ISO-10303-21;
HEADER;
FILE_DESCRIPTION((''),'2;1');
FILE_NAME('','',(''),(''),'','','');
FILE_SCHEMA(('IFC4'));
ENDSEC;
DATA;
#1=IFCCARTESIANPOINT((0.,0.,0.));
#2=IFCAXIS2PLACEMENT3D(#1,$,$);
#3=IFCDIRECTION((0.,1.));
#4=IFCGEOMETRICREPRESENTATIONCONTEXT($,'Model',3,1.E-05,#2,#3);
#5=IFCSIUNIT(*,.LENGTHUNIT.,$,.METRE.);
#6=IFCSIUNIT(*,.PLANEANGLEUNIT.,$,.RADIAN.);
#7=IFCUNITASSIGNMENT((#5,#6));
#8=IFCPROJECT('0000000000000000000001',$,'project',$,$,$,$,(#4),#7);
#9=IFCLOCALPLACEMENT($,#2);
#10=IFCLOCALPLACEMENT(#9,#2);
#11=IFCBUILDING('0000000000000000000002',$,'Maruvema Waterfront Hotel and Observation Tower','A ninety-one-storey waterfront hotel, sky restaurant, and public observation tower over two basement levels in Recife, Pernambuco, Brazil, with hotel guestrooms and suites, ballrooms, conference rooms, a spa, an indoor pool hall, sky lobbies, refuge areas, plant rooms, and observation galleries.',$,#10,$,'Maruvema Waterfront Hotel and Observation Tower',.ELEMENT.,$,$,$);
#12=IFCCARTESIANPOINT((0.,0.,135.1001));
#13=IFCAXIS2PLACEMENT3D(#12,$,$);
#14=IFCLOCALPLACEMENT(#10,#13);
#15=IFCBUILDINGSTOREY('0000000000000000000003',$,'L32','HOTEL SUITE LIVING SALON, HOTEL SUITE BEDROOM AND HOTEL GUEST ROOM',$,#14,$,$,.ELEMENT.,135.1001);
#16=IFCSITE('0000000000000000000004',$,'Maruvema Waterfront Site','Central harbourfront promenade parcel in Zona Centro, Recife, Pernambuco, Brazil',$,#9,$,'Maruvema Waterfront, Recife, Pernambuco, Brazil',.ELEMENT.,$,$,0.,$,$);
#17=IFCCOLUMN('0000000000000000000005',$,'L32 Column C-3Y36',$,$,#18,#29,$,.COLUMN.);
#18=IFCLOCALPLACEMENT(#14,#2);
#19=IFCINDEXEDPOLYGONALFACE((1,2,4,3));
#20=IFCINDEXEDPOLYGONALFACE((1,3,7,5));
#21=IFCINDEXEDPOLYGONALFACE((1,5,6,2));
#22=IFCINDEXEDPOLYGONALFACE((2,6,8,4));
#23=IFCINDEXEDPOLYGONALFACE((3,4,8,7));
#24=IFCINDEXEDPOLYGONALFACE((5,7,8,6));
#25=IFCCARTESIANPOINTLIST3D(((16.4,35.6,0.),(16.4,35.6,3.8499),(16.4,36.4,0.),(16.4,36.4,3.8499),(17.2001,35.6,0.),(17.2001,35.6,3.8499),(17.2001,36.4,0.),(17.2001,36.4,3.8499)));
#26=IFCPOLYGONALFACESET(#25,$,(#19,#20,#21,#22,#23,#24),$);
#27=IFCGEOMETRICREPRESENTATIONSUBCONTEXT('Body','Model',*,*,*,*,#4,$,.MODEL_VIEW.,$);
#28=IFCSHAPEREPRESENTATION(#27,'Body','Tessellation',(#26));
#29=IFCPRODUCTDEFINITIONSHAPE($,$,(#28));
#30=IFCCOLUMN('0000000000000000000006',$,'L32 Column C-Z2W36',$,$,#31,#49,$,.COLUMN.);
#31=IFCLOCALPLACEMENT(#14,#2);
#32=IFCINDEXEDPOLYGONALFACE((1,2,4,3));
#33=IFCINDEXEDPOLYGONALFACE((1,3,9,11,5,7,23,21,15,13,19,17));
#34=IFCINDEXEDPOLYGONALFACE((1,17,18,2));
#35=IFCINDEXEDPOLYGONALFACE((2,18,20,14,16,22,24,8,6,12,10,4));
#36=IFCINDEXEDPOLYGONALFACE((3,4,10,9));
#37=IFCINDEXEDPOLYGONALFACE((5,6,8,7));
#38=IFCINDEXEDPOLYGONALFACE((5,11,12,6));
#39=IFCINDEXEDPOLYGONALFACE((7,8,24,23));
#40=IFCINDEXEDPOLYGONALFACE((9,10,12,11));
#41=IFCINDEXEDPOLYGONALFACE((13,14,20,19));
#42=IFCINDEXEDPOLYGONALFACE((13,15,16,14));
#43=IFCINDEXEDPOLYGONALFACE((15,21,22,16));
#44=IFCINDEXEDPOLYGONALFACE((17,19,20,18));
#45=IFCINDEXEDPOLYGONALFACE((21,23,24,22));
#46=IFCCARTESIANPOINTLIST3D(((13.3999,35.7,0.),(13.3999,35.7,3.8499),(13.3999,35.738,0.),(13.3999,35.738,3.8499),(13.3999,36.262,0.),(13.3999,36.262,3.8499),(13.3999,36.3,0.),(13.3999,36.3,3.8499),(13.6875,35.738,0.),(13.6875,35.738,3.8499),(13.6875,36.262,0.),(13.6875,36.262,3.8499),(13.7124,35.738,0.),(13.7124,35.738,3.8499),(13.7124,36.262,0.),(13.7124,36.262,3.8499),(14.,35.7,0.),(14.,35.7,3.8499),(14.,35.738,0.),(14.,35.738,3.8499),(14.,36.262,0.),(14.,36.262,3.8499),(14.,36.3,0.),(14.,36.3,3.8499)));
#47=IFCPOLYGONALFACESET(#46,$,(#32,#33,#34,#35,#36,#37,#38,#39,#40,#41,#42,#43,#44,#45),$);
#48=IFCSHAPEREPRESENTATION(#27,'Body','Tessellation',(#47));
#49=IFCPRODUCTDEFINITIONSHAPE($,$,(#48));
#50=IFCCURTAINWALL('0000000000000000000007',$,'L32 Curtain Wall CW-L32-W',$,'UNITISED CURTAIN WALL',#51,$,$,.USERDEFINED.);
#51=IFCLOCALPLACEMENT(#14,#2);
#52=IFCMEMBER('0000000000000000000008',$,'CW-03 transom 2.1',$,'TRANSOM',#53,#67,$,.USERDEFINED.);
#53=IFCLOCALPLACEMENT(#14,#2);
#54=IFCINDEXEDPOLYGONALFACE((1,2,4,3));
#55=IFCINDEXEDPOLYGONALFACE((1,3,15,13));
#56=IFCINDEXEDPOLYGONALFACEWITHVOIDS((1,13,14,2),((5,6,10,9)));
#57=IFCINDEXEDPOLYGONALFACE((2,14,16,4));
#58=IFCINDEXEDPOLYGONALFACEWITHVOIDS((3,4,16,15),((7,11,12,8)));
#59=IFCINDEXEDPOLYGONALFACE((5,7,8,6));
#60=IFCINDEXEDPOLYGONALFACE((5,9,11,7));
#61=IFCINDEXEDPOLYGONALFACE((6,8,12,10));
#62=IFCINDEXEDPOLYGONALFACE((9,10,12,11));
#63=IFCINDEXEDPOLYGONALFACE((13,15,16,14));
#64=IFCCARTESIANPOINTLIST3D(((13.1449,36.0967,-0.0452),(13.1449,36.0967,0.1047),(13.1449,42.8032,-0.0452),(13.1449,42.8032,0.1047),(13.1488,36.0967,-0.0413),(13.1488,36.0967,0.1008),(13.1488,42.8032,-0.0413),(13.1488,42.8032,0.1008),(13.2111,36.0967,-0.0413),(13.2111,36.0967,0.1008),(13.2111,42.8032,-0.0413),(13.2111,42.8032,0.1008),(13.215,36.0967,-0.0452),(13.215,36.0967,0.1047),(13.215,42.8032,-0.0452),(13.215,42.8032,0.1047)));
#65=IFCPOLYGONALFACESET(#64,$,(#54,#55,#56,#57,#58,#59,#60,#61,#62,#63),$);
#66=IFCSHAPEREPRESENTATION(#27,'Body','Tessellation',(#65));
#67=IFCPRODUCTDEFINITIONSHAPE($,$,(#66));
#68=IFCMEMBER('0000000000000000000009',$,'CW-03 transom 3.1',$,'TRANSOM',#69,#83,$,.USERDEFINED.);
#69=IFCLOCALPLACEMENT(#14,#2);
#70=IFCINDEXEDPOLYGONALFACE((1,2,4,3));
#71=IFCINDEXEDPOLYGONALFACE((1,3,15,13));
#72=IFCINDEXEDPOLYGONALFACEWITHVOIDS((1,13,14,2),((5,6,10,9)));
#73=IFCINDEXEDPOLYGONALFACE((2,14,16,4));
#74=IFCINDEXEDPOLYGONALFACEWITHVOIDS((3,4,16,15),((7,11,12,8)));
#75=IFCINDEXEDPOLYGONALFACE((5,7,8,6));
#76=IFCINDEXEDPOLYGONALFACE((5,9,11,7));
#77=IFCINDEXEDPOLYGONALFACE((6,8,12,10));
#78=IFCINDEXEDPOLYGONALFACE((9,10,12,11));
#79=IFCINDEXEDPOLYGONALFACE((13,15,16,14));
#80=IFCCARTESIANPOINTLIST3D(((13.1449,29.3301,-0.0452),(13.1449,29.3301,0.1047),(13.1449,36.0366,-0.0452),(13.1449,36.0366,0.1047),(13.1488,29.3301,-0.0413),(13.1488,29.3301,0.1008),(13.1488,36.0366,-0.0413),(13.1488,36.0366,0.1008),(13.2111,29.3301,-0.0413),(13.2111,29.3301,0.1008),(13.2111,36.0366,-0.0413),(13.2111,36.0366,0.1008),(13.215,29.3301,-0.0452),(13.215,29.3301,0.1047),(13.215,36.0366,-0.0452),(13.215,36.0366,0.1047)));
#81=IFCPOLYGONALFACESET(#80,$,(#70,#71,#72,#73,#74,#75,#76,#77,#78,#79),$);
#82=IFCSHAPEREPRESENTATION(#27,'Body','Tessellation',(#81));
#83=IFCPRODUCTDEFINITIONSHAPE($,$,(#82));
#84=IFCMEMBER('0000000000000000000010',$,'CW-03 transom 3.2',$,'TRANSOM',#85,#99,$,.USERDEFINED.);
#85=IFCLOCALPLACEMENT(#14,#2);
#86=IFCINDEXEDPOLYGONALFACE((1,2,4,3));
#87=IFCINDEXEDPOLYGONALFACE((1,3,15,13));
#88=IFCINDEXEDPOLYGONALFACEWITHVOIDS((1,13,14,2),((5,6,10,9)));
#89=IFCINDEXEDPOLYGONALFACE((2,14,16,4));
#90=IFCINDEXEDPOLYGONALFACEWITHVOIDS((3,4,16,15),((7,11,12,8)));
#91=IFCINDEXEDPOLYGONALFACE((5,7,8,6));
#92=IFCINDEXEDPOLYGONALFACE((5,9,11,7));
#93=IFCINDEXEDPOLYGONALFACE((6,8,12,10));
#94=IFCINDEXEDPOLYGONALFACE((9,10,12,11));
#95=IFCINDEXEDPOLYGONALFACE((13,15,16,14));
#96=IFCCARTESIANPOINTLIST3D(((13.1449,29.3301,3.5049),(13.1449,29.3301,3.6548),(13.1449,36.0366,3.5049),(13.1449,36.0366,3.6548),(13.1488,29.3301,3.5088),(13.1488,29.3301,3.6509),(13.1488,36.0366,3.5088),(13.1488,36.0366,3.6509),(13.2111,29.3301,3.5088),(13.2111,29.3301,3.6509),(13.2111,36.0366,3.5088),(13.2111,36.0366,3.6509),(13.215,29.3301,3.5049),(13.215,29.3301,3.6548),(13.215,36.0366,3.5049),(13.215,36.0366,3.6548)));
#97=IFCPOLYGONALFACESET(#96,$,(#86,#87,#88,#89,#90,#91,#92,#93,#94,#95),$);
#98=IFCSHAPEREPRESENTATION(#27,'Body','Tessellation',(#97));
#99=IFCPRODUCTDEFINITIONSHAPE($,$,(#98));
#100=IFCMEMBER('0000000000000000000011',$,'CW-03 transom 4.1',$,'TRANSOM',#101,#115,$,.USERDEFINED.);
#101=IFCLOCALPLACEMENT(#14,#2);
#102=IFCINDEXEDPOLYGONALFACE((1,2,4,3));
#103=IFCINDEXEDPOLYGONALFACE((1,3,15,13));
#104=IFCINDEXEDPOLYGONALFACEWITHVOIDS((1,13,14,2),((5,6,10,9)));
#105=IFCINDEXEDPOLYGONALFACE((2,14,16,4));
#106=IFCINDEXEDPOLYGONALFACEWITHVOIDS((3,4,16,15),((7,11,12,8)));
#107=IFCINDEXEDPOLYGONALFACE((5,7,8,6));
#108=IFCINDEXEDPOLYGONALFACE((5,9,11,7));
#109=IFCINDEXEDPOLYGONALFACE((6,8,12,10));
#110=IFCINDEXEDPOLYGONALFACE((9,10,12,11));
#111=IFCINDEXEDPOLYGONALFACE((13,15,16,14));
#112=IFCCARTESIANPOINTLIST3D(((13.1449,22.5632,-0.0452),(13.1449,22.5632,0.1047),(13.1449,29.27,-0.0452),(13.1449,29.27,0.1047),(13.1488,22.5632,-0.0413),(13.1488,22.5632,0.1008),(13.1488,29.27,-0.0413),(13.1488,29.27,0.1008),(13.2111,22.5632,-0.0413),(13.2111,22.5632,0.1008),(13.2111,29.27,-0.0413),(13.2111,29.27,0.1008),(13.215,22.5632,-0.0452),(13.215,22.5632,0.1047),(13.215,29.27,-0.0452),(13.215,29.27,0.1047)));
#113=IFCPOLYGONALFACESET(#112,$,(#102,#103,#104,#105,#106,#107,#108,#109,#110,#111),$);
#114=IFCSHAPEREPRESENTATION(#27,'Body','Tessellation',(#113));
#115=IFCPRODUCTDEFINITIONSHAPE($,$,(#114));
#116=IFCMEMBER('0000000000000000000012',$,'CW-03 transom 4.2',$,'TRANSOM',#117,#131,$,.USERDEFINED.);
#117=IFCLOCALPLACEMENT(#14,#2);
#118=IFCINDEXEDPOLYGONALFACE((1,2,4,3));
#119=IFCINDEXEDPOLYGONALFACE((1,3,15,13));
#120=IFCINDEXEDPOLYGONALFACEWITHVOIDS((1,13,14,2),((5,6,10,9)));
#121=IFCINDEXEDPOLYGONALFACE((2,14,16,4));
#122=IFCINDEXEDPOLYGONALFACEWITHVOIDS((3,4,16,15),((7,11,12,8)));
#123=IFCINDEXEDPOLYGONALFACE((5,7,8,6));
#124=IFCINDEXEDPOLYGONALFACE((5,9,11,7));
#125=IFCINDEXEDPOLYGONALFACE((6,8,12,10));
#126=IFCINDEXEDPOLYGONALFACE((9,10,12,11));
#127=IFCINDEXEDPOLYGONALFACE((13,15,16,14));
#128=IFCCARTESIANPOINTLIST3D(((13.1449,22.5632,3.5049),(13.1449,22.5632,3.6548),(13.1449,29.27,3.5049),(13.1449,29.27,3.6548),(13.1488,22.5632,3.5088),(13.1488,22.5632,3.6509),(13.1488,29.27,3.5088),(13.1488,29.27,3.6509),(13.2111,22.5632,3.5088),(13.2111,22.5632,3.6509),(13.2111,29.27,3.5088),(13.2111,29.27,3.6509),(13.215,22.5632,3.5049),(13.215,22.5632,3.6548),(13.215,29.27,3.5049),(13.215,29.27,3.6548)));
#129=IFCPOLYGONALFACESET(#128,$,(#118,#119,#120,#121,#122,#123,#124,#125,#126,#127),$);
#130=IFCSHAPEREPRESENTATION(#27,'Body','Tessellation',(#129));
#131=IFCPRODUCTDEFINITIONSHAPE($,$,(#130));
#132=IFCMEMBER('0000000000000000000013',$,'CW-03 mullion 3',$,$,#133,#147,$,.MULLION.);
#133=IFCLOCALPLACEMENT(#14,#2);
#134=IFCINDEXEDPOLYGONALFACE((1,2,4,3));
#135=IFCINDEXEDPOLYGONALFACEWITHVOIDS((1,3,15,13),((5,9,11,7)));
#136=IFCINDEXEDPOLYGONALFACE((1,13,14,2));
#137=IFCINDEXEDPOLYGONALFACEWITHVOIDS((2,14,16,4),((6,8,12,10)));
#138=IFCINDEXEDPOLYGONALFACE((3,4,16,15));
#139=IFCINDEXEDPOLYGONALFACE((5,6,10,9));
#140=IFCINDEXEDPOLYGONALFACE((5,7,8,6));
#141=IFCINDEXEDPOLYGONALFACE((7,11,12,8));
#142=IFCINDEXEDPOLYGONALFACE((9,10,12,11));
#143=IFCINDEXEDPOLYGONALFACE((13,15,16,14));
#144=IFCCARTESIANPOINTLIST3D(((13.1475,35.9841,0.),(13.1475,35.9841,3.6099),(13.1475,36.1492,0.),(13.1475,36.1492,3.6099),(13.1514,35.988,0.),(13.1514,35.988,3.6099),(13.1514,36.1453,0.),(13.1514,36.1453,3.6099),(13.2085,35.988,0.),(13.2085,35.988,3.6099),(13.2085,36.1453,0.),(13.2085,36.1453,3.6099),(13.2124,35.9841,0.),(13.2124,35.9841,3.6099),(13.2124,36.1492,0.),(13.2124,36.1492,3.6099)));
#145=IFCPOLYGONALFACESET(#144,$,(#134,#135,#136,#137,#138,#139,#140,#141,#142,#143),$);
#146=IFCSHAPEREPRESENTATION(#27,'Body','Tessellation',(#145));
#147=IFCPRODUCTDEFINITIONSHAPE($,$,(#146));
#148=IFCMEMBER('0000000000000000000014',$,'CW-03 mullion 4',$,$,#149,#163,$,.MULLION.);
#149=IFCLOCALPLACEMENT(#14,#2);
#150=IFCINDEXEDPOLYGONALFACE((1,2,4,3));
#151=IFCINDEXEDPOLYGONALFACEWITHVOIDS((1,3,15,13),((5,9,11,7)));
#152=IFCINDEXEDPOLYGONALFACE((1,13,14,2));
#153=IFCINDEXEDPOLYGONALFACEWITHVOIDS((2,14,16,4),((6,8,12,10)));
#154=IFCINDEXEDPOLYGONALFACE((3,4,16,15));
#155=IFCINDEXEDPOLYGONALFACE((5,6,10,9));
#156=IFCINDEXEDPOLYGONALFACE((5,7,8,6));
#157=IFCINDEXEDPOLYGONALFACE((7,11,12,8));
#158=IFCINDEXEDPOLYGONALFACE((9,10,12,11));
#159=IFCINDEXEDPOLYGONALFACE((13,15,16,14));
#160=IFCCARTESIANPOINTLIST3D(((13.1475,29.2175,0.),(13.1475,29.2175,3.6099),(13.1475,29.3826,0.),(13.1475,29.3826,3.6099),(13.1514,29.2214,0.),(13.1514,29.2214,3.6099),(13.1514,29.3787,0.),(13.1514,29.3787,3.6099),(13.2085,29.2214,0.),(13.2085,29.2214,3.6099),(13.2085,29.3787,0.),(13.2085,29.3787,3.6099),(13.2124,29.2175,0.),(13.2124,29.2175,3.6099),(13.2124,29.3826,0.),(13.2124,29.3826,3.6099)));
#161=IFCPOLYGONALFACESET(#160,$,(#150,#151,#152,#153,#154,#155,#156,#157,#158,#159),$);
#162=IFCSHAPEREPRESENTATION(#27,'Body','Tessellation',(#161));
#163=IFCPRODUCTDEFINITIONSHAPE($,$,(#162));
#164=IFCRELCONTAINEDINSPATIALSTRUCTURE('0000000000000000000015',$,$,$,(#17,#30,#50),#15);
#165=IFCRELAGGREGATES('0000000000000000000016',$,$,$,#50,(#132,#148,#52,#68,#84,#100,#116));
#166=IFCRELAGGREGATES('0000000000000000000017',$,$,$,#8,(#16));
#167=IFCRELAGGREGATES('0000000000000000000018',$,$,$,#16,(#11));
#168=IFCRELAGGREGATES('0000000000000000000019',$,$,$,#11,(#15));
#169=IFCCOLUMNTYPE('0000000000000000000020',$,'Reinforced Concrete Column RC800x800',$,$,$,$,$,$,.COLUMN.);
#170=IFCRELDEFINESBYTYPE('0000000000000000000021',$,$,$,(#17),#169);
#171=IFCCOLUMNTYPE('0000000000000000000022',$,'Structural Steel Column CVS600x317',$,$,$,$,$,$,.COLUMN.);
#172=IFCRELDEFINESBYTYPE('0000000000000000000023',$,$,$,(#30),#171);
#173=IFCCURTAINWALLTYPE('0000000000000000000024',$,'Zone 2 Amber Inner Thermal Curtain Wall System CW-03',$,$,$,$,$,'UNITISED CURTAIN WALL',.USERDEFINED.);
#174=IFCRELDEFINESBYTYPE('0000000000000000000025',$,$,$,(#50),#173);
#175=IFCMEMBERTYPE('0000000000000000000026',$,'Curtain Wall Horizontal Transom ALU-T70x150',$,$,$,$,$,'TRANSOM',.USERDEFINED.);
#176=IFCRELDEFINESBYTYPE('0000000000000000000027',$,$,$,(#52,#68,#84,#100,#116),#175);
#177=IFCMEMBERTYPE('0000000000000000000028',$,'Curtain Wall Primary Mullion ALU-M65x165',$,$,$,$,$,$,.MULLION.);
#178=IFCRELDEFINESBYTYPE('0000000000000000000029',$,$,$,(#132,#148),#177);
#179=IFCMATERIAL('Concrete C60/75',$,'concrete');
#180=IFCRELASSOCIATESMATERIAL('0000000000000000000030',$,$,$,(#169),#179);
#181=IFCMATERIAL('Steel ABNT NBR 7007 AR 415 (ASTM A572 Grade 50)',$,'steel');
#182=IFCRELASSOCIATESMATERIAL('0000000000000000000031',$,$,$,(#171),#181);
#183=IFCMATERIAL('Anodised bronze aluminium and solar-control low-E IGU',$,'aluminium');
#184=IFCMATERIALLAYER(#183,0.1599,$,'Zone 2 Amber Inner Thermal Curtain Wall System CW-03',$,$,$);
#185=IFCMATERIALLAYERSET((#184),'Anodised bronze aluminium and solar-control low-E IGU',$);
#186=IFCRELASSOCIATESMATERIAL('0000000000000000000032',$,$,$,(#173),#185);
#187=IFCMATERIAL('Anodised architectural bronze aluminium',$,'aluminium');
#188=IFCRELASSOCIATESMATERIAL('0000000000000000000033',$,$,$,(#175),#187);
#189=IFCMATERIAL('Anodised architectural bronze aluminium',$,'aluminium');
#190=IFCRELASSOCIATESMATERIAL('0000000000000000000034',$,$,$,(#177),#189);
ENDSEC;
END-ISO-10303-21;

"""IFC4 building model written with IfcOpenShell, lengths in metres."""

from ifc_helpers import new_model, si_unit, direction, frame, origin, origin_2d, place, context, subcontext, project, spatial, rectangle, hollow_rectangle, i_section, extrude, material, layer, layer_set, material_profile, profile_set, type_object, element, aggregate, save


model = new_model("IFC4")

# Units and contexts
model_context = context("Model", 3, precision=1e-05, world=origin(), true_north=direction((0.0, 1.0)))
body_context = subcontext(model_context, "Body", "Model", "MODEL_VIEW")
ifc_project = project(units=[si_unit("LENGTHUNIT", "METRE"), si_unit("PLANEANGLEUNIT", "RADIAN")], contexts=[model_context])

# Site, building, storey
site_placement = place(None, origin())
site = spatial("IfcSite", under=ifc_project, at=site_placement, Name="Maruvema Waterfront Site", Description="Central harbourfront promenade parcel in Zona Centro, Recife, Pernambuco, Brazil", LongName="Maruvema Waterfront, Recife, Pernambuco, Brazil", CompositionType="ELEMENT", RefElevation=0.0)
building_placement = place(site_placement, origin())
building = spatial("IfcBuilding", under=site, at=building_placement, Name="Maruvema Waterfront Hotel and Observation Tower", Description="A ninety-one-storey waterfront hotel, sky restaurant, and public observation tower over two basement levels in Recife, Pernambuco, Brazil, with hotel guestrooms and suites, ballrooms, conference rooms, a spa, an indoor pool hall, sky lobbies, refuge areas, plant rooms, and observation galleries.", LongName="Maruvema Waterfront Hotel and Observation Tower", CompositionType="ELEMENT")
storey_placement = place(building_placement, frame((0.0, 0.0, 135.1001)))
storey = spatial("IfcBuildingStorey", under=building, at=storey_placement, Name="L32", Description="HOTEL SUITE LIVING SALON, HOTEL SUITE BEDROOM AND HOTEL GUEST ROOM", CompositionType="ELEMENT", Elevation=135.1001)

# Columns
ifc_material_1 = material(Name="Concrete C60/75", Category="concrete")
ifc_material_profile_1 = material_profile(ifc_material_1, rectangle(XDim=0.8, YDim=0.8, at=origin_2d()), Name="RC800x800")
ifc_profile_set_1 = profile_set([ifc_material_profile_1], Name="Concrete C60/75")
column_type_1 = type_object("IfcColumnType", Name="Reinforced Concrete Column RC800x800", PredefinedType="COLUMN", material=ifc_profile_set_1)
column_1_placement = place(storey_placement, frame((16.8, 36.0, 0.0), z_axis=(0.0, 0.0, 1.0), x_axis=(1.0, 0.0, 0.0)))
element("IfcColumn", 1, at=column_1_placement, inside=storey, type_object=column_type_1, Name="L32 Column C-3Y36", PredefinedType="COLUMN", context=body_context, shape_type="SweptSolid", body=[
    extrude(rectangle(XDim=0.8, YDim=0.8, at=origin_2d()), origin(), (0.0, 0.0, 1.0), 3.8499),
])
ifc_material_2 = material(Name="Steel ABNT NBR 7007 AR 415 (ASTM A572 Grade 50)", Category="steel")
ifc_material_profile_2 = material_profile(ifc_material_2, i_section(OverallWidth=0.6001, OverallDepth=0.6001, WebThickness=0.0249, FlangeThickness=0.0381, at=origin_2d()), Name="CVS600x317")
ifc_profile_set_2 = profile_set([ifc_material_profile_2], Name="Steel ABNT NBR 7007 AR 415 (ASTM A572 Grade 50)")
column_type_2 = type_object("IfcColumnType", Name="Structural Steel Column CVS600x317", PredefinedType="COLUMN", material=ifc_profile_set_2)
column_2_placement = place(storey_placement, frame((13.7, 36.0, 0.0), z_axis=(0.0, 0.0, 1.0), x_axis=(1.0, 0.0, 0.0)))
element("IfcColumn", 2, at=column_2_placement, inside=storey, type_object=column_type_2, Name="L32 Column C-Z2W36", PredefinedType="COLUMN", context=body_context, shape_type="SweptSolid", body=[
    extrude(i_section(OverallWidth=0.6001, OverallDepth=0.6001, WebThickness=0.0249, FlangeThickness=0.0381, at=origin_2d()), origin(), (0.0, 0.0, 1.0), 3.8499),
])

# Curtain wall, members
ifc_material_3 = material(Name="Anodised bronze aluminium and solar-control low-E IGU", Category="aluminium")
ifc_layer_1 = layer(ifc_material_3, 0.1599, Name="Zone 2 Amber Inner Thermal Curtain Wall System CW-03")
ifc_layer_set_1 = layer_set([ifc_layer_1], Name="Anodised bronze aluminium and solar-control low-E IGU")
curtain_wall_type = type_object("IfcCurtainWallType", Name="Zone 2 Amber Inner Thermal Curtain Wall System CW-03", ElementType="UNITISED CURTAIN WALL", PredefinedType="USERDEFINED", material=ifc_layer_set_1)
curtain_wall_placement = place(storey_placement, origin())
curtain_wall = element("IfcCurtainWall", 3, at=curtain_wall_placement, inside=storey, type_object=curtain_wall_type, Name="L32 Curtain Wall CW-L32-W", ObjectType="UNITISED CURTAIN WALL", PredefinedType="USERDEFINED")
ifc_material_4 = material(Name="Anodised architectural bronze aluminium", Category="aluminium")
ifc_material_profile_3 = material_profile(ifc_material_4, hollow_rectangle(XDim=0.0701, YDim=0.1499, WallThickness=0.0039, at=origin_2d()), Name="ALU-T70x150")
ifc_profile_set_3 = profile_set([ifc_material_profile_3], Name="Anodised architectural bronze aluminium")
member_type_1 = type_object("IfcMemberType", Name="Curtain Wall Horizontal Transom ALU-T70x150", ElementType="TRANSOM", PredefinedType="USERDEFINED", material=ifc_profile_set_3)
member_1_placement = place(storey_placement, frame((13.1799, 42.8032, 0.0298), z_axis=(0.0, -1.0, 0.0), x_axis=(1.0, 0.0, 0.0)))
member_1 = element("IfcMember", 4, at=member_1_placement, type_object=member_type_1, Name="CW-03 transom 2.1", ObjectType="TRANSOM", PredefinedType="USERDEFINED", context=body_context, shape_type="SweptSolid", body=[
    extrude(hollow_rectangle(XDim=0.0701, YDim=0.1499, WallThickness=0.0039, at=origin_2d()), origin(), (0.0, 0.0, 1.0), 6.7065),
])
member_2_placement = place(storey_placement, frame((13.1799, 36.0366, 0.0298), z_axis=(0.0, -1.0, 0.0), x_axis=(1.0, 0.0, 0.0)))
member_2 = element("IfcMember", 5, at=member_2_placement, type_object=member_type_1, Name="CW-03 transom 3.1", ObjectType="TRANSOM", PredefinedType="USERDEFINED", context=body_context, shape_type="SweptSolid", body=[
    extrude(hollow_rectangle(XDim=0.0701, YDim=0.1499, WallThickness=0.0039, at=origin_2d()), origin(), (0.0, 0.0, 1.0), 6.7065),
])
member_3_placement = place(storey_placement, frame((13.1799, 36.0366, 3.5798), z_axis=(0.0, -1.0, 0.0), x_axis=(1.0, 0.0, 0.0)))
member_3 = element("IfcMember", 6, at=member_3_placement, type_object=member_type_1, Name="CW-03 transom 3.2", ObjectType="TRANSOM", PredefinedType="USERDEFINED", context=body_context, shape_type="SweptSolid", body=[
    extrude(hollow_rectangle(XDim=0.0701, YDim=0.1499, WallThickness=0.0039, at=origin_2d()), origin(), (0.0, 0.0, 1.0), 6.7065),
])
member_4_placement = place(storey_placement, frame((13.1799, 29.27, 0.0298), z_axis=(0.0, -1.0, 0.0), x_axis=(1.0, 0.0, 0.0)))
member_4 = element("IfcMember", 7, at=member_4_placement, type_object=member_type_1, Name="CW-03 transom 4.1", ObjectType="TRANSOM", PredefinedType="USERDEFINED", context=body_context, shape_type="SweptSolid", body=[
    extrude(hollow_rectangle(XDim=0.0701, YDim=0.1499, WallThickness=0.0039, at=origin_2d()), origin(), (0.0, 0.0, 1.0), 6.7068),
])
member_5_placement = place(storey_placement, frame((13.1799, 29.27, 3.5798), z_axis=(0.0, -1.0, 0.0), x_axis=(1.0, 0.0, 0.0)))
member_5 = element("IfcMember", 8, at=member_5_placement, type_object=member_type_1, Name="CW-03 transom 4.2", ObjectType="TRANSOM", PredefinedType="USERDEFINED", context=body_context, shape_type="SweptSolid", body=[
    extrude(hollow_rectangle(XDim=0.0701, YDim=0.1499, WallThickness=0.0039, at=origin_2d()), origin(), (0.0, 0.0, 1.0), 6.7068),
])
ifc_material_5 = material(Name="Anodised architectural bronze aluminium", Category="aluminium")
ifc_material_profile_4 = material_profile(ifc_material_5, hollow_rectangle(XDim=0.0649, YDim=0.165, WallThickness=0.0039, at=origin_2d()), Name="ALU-M65x165")
ifc_profile_set_4 = profile_set([ifc_material_profile_4], Name="Anodised architectural bronze aluminium")
member_type_2 = type_object("IfcMemberType", Name="Curtain Wall Primary Mullion ALU-M65x165", PredefinedType="MULLION", material=ifc_profile_set_4)
member_6_placement = place(storey_placement, frame((13.1799, 36.0667, 0.0), z_axis=(0.0, 0.0, 1.0), x_axis=(1.0, 0.0, 0.0)))
member_6 = element("IfcMember", 9, at=member_6_placement, type_object=member_type_2, Name="CW-03 mullion 3", PredefinedType="MULLION", context=body_context, shape_type="SweptSolid", body=[
    extrude(hollow_rectangle(XDim=0.0649, YDim=0.165, WallThickness=0.0039, at=origin_2d()), origin(), (0.0, 0.0, 1.0), 3.6099),
])
member_7_placement = place(storey_placement, frame((13.1799, 29.3, 0.0), z_axis=(0.0, 0.0, 1.0), x_axis=(1.0, 0.0, 0.0)))
member_7 = element("IfcMember", 10, at=member_7_placement, type_object=member_type_2, Name="CW-03 mullion 4", PredefinedType="MULLION", context=body_context, shape_type="SweptSolid", body=[
    extrude(hollow_rectangle(XDim=0.0649, YDim=0.165, WallThickness=0.0039, at=origin_2d()), origin(), (0.0, 0.0, 1.0), 3.6099),
])

aggregate(curtain_wall, [member_6, member_7, member_1, member_2, member_3, member_4, member_5])

save(model, "model.ifc")
